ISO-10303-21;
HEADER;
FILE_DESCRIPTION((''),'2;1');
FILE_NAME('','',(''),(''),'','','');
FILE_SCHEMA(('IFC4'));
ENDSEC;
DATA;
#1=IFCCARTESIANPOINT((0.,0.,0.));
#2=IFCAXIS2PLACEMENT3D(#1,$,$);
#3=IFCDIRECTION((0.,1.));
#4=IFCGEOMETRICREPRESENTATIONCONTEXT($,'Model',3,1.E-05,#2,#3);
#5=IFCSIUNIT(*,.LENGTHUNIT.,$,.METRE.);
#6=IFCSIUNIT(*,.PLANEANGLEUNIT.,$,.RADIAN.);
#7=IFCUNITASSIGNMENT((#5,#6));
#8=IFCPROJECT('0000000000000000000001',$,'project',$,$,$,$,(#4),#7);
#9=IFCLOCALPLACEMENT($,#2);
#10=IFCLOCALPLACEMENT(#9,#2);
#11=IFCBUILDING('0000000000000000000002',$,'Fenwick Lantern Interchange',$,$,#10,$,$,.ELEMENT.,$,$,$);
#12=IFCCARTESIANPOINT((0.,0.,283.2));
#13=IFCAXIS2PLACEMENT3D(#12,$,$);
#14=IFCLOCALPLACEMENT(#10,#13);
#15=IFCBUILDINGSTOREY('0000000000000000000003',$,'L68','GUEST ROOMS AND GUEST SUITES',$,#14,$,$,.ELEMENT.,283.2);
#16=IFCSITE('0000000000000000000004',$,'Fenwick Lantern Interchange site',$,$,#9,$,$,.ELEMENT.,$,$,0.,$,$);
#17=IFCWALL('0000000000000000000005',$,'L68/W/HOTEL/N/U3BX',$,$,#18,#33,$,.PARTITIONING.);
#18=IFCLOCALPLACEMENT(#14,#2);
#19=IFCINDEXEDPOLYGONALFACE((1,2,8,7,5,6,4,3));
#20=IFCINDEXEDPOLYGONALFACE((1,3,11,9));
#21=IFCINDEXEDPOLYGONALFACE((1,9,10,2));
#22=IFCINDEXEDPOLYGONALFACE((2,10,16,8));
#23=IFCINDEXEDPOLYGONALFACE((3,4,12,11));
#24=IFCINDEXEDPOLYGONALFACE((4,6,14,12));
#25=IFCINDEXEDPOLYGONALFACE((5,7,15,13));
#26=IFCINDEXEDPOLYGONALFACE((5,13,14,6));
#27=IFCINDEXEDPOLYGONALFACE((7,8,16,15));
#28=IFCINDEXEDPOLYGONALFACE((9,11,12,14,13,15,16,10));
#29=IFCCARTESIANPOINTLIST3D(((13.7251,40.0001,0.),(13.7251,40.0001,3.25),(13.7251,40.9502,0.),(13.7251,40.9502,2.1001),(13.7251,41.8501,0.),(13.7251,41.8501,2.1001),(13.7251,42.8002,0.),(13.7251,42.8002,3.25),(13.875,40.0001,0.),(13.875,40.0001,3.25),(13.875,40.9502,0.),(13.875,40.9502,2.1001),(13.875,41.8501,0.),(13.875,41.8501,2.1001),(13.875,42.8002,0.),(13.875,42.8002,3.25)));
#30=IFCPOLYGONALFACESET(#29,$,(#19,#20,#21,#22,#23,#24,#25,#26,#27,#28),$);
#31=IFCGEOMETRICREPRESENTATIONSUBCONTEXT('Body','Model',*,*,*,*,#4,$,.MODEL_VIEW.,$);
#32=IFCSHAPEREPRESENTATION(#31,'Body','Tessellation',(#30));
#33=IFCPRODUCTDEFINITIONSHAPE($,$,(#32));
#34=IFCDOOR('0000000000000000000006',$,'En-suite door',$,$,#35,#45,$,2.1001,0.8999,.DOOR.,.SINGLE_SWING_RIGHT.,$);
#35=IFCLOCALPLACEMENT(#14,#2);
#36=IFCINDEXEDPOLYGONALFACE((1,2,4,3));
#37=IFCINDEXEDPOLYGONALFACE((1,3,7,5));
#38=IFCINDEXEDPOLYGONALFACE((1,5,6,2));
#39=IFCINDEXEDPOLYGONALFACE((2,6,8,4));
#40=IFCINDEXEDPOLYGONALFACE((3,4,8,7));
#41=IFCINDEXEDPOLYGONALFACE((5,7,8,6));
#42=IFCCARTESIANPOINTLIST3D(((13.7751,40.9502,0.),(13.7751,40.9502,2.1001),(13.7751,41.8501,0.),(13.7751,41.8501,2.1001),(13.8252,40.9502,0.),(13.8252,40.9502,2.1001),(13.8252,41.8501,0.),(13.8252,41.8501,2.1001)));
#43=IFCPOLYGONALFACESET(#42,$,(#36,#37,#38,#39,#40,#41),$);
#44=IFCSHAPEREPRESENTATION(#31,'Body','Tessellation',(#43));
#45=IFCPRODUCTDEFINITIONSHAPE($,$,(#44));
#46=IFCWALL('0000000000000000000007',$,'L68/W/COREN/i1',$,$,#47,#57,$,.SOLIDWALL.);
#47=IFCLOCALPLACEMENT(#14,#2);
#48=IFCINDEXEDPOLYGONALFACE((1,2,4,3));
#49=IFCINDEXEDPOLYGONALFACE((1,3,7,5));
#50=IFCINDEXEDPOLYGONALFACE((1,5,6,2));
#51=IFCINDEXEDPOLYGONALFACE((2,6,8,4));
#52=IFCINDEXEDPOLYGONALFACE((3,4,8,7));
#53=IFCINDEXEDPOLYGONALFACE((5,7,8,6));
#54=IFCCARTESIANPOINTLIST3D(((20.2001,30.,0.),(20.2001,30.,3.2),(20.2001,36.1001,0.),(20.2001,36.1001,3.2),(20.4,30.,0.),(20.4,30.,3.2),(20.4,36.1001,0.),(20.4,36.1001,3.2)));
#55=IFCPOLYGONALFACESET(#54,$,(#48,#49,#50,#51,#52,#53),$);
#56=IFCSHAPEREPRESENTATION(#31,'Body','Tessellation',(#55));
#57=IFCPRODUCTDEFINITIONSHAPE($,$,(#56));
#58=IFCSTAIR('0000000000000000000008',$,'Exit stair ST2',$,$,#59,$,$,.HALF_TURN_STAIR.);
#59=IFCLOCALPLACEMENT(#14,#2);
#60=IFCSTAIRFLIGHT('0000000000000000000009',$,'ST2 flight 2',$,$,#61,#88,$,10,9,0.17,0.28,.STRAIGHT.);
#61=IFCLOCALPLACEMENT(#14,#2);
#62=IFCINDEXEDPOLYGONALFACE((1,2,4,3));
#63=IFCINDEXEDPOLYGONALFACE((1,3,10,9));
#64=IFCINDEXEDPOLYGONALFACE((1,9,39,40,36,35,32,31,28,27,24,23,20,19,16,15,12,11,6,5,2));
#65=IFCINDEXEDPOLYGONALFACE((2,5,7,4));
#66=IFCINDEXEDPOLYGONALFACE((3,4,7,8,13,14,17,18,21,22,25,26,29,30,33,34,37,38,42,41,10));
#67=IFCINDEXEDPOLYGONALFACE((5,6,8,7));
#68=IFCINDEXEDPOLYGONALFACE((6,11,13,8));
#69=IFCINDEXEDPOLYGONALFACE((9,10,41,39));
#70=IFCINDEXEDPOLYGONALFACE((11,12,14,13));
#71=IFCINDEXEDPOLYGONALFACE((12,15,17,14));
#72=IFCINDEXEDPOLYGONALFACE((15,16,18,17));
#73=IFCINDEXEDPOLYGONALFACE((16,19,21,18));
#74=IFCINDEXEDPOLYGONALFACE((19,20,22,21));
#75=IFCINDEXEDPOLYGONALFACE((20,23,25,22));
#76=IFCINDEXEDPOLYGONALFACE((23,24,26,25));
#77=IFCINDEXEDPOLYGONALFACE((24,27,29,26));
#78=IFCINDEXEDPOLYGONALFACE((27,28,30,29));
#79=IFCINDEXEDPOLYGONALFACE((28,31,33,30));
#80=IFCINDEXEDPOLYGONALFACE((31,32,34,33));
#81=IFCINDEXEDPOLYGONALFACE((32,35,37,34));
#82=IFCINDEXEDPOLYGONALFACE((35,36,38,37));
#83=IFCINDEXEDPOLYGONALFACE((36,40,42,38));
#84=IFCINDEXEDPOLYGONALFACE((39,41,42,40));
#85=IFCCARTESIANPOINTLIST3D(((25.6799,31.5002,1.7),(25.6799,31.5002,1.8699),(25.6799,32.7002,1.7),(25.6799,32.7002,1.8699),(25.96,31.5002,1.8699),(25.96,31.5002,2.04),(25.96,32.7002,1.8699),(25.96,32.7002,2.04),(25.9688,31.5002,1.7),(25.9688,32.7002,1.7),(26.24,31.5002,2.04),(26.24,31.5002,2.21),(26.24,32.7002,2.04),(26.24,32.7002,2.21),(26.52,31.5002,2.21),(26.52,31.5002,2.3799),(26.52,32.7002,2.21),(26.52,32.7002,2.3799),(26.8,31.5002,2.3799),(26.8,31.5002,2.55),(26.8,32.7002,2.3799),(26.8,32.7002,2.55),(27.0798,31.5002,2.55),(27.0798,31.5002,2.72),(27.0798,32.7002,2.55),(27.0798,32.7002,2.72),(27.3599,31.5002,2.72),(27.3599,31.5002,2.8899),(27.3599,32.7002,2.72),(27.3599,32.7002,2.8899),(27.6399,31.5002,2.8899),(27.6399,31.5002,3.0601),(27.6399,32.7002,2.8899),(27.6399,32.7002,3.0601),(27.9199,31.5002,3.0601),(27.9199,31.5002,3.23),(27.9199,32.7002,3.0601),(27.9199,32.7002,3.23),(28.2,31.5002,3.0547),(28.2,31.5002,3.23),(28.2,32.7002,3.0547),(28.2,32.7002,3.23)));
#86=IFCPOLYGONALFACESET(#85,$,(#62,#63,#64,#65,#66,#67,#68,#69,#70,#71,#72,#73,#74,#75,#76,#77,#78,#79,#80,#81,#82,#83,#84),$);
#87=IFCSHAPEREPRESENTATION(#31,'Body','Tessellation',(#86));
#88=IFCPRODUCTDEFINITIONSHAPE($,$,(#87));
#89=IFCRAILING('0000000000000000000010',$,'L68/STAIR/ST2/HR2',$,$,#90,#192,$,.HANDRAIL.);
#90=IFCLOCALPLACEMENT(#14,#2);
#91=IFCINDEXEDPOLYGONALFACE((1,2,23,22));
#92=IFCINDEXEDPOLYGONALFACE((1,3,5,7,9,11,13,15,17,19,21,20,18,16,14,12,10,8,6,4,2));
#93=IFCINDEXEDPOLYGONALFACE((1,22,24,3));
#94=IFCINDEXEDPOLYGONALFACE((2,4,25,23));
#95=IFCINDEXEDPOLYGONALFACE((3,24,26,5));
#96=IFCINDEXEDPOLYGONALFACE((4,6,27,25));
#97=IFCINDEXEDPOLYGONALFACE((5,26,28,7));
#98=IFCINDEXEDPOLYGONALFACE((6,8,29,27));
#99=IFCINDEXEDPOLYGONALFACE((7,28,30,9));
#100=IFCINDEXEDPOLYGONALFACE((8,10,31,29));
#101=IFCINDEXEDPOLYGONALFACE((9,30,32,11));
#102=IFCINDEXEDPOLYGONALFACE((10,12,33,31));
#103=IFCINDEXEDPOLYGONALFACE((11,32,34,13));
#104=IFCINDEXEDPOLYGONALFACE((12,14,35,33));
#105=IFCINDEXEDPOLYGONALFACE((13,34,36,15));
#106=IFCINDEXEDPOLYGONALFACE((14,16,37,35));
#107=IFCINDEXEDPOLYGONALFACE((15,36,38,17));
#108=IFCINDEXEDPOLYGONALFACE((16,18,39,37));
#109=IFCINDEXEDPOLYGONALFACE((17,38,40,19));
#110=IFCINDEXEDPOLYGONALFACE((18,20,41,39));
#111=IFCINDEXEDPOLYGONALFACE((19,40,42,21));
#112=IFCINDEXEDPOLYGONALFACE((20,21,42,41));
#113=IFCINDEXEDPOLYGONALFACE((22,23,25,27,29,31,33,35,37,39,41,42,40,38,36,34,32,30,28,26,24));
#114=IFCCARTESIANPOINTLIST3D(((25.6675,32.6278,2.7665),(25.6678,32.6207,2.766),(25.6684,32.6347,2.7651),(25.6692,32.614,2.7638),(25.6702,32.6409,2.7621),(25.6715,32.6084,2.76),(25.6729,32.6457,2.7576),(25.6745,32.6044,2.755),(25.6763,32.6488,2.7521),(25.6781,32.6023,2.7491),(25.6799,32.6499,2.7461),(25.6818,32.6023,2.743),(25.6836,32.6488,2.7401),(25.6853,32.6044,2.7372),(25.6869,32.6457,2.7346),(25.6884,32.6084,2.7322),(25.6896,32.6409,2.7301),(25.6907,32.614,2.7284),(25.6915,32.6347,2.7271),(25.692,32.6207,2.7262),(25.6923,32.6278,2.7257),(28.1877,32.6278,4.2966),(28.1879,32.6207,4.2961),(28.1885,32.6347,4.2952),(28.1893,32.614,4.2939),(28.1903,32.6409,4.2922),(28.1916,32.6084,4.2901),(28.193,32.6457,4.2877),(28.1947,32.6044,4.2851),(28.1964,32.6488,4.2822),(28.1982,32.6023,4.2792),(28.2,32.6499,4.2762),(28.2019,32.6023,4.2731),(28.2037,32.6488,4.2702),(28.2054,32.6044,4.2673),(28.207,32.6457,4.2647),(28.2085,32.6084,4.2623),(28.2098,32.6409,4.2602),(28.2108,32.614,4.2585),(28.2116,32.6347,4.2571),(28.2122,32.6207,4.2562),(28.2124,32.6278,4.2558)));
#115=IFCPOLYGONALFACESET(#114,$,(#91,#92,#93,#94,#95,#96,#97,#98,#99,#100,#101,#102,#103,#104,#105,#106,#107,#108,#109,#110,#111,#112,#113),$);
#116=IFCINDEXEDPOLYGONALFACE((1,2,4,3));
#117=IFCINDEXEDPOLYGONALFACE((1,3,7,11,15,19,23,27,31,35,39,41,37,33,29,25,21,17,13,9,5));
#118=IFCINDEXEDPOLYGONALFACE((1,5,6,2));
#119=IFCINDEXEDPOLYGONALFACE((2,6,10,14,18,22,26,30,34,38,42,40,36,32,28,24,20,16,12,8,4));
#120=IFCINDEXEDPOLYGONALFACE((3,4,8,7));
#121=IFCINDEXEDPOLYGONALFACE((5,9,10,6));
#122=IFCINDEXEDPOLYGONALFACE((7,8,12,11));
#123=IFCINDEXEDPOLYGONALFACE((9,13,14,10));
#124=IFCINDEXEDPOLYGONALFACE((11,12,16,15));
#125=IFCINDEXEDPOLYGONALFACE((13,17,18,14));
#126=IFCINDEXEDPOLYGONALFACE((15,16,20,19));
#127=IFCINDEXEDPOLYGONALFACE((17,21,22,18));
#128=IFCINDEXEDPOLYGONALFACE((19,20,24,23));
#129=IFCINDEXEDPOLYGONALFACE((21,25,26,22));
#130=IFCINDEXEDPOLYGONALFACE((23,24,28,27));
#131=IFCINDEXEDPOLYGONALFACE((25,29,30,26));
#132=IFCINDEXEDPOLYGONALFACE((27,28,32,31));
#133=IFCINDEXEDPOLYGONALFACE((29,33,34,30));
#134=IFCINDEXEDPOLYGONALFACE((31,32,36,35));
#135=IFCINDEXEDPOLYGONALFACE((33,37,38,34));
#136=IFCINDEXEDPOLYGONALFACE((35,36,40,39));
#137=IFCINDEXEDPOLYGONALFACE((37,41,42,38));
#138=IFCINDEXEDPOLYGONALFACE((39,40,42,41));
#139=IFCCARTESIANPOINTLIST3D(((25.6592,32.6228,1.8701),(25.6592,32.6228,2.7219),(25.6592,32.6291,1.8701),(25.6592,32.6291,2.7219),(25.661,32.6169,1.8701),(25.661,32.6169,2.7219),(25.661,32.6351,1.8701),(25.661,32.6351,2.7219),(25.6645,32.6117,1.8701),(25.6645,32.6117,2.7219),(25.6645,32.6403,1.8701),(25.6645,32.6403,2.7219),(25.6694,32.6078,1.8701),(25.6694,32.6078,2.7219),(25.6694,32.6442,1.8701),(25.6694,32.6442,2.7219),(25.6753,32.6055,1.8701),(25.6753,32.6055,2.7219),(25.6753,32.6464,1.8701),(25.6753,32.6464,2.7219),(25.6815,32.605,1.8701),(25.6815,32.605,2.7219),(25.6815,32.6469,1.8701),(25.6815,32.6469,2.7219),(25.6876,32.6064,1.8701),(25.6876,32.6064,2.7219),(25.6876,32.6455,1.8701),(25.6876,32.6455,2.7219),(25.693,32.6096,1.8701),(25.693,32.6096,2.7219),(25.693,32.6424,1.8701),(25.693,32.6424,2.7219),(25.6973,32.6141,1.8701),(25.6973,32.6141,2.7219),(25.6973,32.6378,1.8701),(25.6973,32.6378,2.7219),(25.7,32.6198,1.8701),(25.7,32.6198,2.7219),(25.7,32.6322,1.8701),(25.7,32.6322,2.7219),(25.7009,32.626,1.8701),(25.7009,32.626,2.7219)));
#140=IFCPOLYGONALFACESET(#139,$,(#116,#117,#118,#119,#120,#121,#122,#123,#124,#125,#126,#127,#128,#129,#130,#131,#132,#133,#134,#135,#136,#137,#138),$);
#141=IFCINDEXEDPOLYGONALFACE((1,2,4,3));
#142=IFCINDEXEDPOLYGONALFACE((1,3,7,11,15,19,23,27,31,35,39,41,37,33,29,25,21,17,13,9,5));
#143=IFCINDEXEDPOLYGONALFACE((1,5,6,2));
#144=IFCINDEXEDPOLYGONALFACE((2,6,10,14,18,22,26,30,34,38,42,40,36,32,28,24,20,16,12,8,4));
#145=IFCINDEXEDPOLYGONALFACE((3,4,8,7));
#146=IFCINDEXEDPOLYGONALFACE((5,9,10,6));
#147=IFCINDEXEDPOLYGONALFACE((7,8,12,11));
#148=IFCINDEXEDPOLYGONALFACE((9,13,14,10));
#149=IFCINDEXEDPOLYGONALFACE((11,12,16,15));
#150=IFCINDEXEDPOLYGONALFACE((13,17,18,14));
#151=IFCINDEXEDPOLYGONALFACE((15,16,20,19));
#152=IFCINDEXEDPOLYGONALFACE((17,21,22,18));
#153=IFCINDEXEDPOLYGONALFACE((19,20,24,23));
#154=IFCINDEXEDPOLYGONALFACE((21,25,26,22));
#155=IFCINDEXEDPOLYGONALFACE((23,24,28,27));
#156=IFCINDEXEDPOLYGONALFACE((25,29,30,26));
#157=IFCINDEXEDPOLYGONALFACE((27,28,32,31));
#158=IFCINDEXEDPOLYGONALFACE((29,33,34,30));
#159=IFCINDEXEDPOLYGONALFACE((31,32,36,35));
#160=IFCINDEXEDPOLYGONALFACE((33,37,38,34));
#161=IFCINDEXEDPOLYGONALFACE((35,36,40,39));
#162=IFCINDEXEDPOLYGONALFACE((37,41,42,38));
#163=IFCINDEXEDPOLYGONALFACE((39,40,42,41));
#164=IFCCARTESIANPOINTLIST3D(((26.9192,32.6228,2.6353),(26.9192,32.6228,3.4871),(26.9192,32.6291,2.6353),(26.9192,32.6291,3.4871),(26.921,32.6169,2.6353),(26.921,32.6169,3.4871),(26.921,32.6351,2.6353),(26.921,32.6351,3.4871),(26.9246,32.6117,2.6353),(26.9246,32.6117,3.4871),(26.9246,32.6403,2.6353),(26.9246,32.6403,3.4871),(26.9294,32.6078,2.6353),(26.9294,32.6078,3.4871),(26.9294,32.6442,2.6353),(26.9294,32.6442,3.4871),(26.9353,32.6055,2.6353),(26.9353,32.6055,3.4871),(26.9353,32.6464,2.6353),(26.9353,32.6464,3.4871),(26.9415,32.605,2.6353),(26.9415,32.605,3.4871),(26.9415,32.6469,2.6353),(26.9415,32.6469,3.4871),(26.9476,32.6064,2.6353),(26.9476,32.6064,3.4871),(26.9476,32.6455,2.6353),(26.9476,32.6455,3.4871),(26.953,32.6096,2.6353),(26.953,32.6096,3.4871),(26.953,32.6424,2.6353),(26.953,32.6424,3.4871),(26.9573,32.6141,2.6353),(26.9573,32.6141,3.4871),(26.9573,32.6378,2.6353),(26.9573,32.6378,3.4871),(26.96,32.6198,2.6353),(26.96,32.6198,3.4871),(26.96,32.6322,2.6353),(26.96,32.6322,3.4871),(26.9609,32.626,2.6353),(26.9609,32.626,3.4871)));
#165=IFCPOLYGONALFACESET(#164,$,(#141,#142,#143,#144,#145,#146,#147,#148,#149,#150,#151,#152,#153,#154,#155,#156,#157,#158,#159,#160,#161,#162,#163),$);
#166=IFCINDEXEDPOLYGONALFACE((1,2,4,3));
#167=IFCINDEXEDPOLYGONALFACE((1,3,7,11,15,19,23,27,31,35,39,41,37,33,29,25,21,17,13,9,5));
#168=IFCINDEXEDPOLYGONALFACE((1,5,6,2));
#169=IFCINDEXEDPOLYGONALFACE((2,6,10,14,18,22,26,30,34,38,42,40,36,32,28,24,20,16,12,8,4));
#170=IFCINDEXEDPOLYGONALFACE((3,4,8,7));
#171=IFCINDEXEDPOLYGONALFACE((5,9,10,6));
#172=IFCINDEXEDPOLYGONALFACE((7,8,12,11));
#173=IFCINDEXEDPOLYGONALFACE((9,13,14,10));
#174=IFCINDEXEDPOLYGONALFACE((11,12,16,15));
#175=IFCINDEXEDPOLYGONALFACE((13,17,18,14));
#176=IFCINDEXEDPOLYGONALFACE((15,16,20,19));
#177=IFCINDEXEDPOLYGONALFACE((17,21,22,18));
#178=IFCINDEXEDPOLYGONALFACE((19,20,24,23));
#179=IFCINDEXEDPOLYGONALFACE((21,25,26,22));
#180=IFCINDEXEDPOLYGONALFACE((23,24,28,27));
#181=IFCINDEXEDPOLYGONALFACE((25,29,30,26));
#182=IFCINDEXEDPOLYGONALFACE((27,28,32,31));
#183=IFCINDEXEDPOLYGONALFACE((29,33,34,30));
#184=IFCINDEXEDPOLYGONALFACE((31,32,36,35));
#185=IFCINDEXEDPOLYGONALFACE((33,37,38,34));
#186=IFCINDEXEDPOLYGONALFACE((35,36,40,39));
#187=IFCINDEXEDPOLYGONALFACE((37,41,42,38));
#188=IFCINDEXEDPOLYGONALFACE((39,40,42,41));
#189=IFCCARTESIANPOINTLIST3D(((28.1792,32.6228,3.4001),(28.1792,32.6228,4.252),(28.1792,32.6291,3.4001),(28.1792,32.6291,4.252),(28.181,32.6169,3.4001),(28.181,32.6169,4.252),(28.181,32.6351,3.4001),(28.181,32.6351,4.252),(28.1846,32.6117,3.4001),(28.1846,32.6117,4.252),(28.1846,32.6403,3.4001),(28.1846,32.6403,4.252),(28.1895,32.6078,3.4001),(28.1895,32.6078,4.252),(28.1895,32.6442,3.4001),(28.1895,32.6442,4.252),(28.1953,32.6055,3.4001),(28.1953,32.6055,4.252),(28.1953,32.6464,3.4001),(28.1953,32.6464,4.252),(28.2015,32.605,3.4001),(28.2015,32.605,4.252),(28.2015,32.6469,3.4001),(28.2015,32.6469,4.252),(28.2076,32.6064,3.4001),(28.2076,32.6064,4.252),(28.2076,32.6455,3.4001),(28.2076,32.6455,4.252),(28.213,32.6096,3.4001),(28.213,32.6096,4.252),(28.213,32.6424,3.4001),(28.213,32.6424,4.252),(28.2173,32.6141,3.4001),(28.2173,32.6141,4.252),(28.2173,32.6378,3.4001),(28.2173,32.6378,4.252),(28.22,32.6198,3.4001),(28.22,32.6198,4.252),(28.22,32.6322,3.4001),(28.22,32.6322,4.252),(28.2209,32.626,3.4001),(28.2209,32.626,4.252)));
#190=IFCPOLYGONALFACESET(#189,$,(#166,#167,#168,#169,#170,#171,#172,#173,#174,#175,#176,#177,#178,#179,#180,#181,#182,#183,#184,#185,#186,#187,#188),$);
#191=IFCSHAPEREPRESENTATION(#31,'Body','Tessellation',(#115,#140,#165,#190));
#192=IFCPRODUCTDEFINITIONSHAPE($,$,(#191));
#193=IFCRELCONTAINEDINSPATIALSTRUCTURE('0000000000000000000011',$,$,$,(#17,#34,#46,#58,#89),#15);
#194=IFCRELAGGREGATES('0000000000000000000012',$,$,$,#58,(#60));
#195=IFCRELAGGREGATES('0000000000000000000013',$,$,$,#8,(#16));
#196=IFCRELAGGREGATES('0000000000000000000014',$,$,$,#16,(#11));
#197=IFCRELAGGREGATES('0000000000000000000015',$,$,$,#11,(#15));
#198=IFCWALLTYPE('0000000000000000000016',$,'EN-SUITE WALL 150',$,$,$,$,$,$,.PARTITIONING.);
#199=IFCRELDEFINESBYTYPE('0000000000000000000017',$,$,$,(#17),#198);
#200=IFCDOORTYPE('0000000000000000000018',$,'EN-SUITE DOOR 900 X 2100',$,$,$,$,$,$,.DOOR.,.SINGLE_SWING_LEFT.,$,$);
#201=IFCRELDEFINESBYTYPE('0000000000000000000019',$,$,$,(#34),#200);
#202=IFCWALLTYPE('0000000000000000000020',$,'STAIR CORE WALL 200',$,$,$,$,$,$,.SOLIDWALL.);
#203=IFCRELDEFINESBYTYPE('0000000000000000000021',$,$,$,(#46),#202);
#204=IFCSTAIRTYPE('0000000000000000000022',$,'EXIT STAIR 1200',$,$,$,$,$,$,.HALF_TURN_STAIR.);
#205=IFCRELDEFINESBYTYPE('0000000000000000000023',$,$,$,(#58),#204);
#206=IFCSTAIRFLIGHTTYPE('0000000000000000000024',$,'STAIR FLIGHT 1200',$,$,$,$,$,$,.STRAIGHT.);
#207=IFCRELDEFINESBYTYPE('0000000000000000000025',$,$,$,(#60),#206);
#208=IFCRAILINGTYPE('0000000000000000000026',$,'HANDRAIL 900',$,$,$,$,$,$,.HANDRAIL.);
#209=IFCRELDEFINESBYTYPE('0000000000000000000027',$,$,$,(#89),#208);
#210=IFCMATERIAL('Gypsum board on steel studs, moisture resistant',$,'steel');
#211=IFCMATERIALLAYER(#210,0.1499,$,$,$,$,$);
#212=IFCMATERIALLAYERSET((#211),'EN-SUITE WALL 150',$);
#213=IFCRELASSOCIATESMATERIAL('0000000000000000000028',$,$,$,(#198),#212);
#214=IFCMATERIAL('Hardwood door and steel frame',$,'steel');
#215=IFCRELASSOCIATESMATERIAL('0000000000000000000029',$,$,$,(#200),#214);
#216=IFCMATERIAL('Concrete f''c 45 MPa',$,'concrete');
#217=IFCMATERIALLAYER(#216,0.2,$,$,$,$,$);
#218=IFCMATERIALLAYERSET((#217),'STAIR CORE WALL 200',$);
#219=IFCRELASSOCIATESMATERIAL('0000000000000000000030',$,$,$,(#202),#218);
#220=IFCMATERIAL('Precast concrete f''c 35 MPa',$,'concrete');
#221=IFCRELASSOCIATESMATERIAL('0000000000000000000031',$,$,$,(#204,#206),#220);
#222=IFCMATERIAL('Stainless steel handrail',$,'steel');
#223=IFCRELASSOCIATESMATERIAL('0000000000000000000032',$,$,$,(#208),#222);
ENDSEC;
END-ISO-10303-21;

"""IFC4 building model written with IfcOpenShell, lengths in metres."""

from ifc_helpers import new_model, si_unit, direction, frame, frame_2d, origin, origin_2d, place, context, subcontext, project, spatial, polyline, rectangle, circle, outline, extrude, material, layer, layer_set, type_object, element, fill, aggregate, save


model = new_model("IFC4")

# Units and contexts
model_context = context("Model", 3, precision=1e-05, world=origin(), true_north=direction((0.0, 1.0)))
body_context = subcontext(model_context, "Body", "Model", "MODEL_VIEW")
ifc_project = project(units=[si_unit("LENGTHUNIT", "METRE"), si_unit("PLANEANGLEUNIT", "RADIAN")], contexts=[model_context])

# Site, building, storey
site_placement = place(None, origin())
site = spatial("IfcSite", under=ifc_project, at=site_placement, Name="Fenwick Lantern Interchange site", CompositionType="ELEMENT", RefElevation=0.0)
building_placement = place(site_placement, origin())
building = spatial("IfcBuilding", under=site, at=building_placement, Name="Fenwick Lantern Interchange", CompositionType="ELEMENT")
storey_placement = place(building_placement, frame((0.0, 0.0, 283.2)))
storey = spatial("IfcBuildingStorey", under=building, at=storey_placement, Name="L68", Description="GUEST ROOMS AND GUEST SUITES", CompositionType="ELEMENT", Elevation=283.2)

# Shared definitions
ifc_material_1 = material(Name="Hardwood door and steel frame", Category="steel")

# Shared definitions
ifc_material_2 = material(Name="Gypsum board on steel studs, moisture resistant", Category="steel")
ifc_layer_1 = layer(ifc_material_2, 0.1499)
ifc_layer_set_1 = layer_set([ifc_layer_1], Name="EN-SUITE WALL 150")
wall_type_1 = type_object("IfcWallType", Name="EN-SUITE WALL 150", PredefinedType="PARTITIONING", material=ifc_layer_set_1)

# Wall, opening, door
wall_1_placement = place(storey_placement, frame((13.8, 42.8, 0.0), z_axis=(0.0, 0.0, 1.0), x_axis=(0.0, -1.0, 0.0)))
wall_1 = element("IfcWall", 1, at=wall_1_placement, inside=storey, type_object=wall_type_1, Name="L68/W/HOTEL/N/U3BX", PredefinedType="PARTITIONING", context=body_context, shape_type="SweptSolid", body=[
    extrude(rectangle(XDim=2.8, YDim=0.1499, at=frame_2d((1.3999, 0.0))), origin(), (0.0, 0.0, 1.0), 3.25),
])
opening_1_placement = place(wall_1_placement, frame((0.95, 0.0, 0.0)))
opening_1 = element("IfcOpeningElement", 2, at=opening_1_placement, cuts=wall_1, PredefinedType="OPENING", context=body_context, shape_type="SweptSolid", body=[
    extrude(rectangle(XDim=0.8999, YDim=2.1001, at=frame_2d((0.45, 1.05))), frame((0.0, 0.085, 0.0), z_axis=(0.0, -1.0, 0.0), x_axis=(1.0, 0.0, 0.0)), (0.0, 0.0, 1.0), 0.1699),
])
door_type_1 = type_object("IfcDoorType", Name="EN-SUITE DOOR 900 X 2100", OperationType="SINGLE_SWING_LEFT", PredefinedType="DOOR", material=ifc_material_1)
door_1_placement = place(opening_1_placement, frame((0.8999, 0.0, 0.0), z_axis=(0.0, 0.0, 1.0), x_axis=(-1.0, 0.0, 0.0)))
door_1 = element("IfcDoor", 3, at=door_1_placement, inside=storey, type_object=door_type_1, Name="En-suite door", OperationType="SINGLE_SWING_RIGHT", OverallHeight=2.1001, OverallWidth=0.8999, PredefinedType="DOOR", context=body_context, shape_type="SweptSolid", body=[
    extrude(rectangle(XDim=0.8999, YDim=2.1001, at=frame_2d((0.45, 1.05))), frame((0.0, 0.0249, 0.0), z_axis=(0.0, -1.0, 0.0), x_axis=(1.0, 0.0, 0.0)), (0.0, 0.0, 1.0), 0.05),
])
fill(opening_1, door_1)

# Wall
ifc_material_3 = material(Name="Concrete f'c 45 MPa", Category="concrete")
ifc_layer_2 = layer(ifc_material_3, 0.2)
ifc_layer_set_2 = layer_set([ifc_layer_2], Name="STAIR CORE WALL 200")
wall_type_2 = type_object("IfcWallType", Name="STAIR CORE WALL 200", PredefinedType="SOLIDWALL", material=ifc_layer_set_2)
wall_2_placement = place(storey_placement, frame((20.3, 36.1001, 0.0), z_axis=(0.0, 0.0, 1.0), x_axis=(0.0, -1.0, 0.0)))
element("IfcWall", 4, at=wall_2_placement, inside=storey, type_object=wall_type_2, Name="L68/W/COREN/i1", PredefinedType="SOLIDWALL", context=body_context, shape_type="SweptSolid", body=[
    extrude(rectangle(XDim=6.1001, YDim=0.2, at=frame_2d((3.05, 0.0))), origin(), (0.0, 0.0, 1.0), 3.2),
])

# Stair, stair flight
ifc_material_4 = material(Name="Precast concrete f'c 35 MPa", Category="concrete")
stair_type = type_object("IfcStairType", Name="EXIT STAIR 1200", PredefinedType="HALF_TURN_STAIR", material=ifc_material_4)
stair_placement = place(storey_placement, origin())
stair = element("IfcStair", 5, at=stair_placement, inside=storey, type_object=stair_type, Name="Exit stair ST2", PredefinedType="HALF_TURN_STAIR")
stair_flight_type = type_object("IfcStairFlightType", Name="STAIR FLIGHT 1200", PredefinedType="STRAIGHT", material=ifc_material_4)
stair_flight_placement = place(storey_placement, frame((25.6799, 32.1001, 1.7), z_axis=(0.0, 0.0, 1.0), x_axis=(1.0, 0.0, 0.0)))
stair_flight = element("IfcStairFlight", 6, at=stair_flight_placement, type_object=stair_flight_type, Name="ST2 flight 2", NumberOfRisers=10, NumberOfTreads=9, PredefinedType="STRAIGHT", RiserHeight=0.17, TreadLength=0.28, context=body_context, shape_type="SweptSolid", body=[
    extrude(outline(polyline([(0.0, 0.0), (0.0, 0.1699), (0.28, 0.1699), (0.28, 0.3401), (0.5601, 0.3401), (0.5601, 0.51), (0.8401, 0.51), (0.8401, 0.6799), (1.1201, 0.6799), (1.1201, 0.8501), (1.3999, 0.8501), (1.3999, 1.02), (1.6799, 1.02), (1.6799, 1.1899), (1.96, 1.1899), (1.96, 1.3601), (2.24, 1.3601), (2.24, 1.53), (2.52, 1.53), (2.52, 1.7), (2.52, 1.3547), (0.2888, 0.0), (0.0, 0.0)])), frame((0.0, 0.6001, 0.0), z_axis=(0.0, -1.0, 0.0), x_axis=(1.0, 0.0, 0.0)), (0.0, 0.0, 1.0), 1.2),
])
aggregate(stair, [stair_flight])

# Railing
ifc_material_5 = material(Name="Stainless steel handrail", Category="steel")
railing_type = type_object("IfcRailingType", Name="HANDRAIL 900", PredefinedType="HANDRAIL", material=ifc_material_5)
railing_placement = place(storey_placement, frame((25.6799, 32.626, 1.8701)))
element("IfcRailing", 7, at=railing_placement, inside=storey, type_object=railing_type, Name="L68/STAIR/ST2/HR2", PredefinedType="HANDRAIL", context=body_context, shape_type="SweptSolid", body=[
    extrude(circle(Radius=0.0239, at=origin_2d()), frame((0.0, 0.0, 0.876), z_axis=(0.854785, 0.0, 0.518982), x_axis=(0.0, 1.0, 0.0)), (0.0, 0.0, 1.0), 2.9482),
    extrude(circle(Radius=0.021, at=origin_2d()), origin(), (0.0, 0.0, 1.0), 0.8518),
    extrude(circle(Radius=0.021, at=origin_2d()), frame((1.26, 0.0, 0.7651)), (0.0, 0.0, 1.0), 0.8518),
    extrude(circle(Radius=0.021, at=origin_2d()), frame((2.52, 0.0, 1.53)), (0.0, 0.0, 1.0), 0.8518),
])

save(model, "model.ifc")
